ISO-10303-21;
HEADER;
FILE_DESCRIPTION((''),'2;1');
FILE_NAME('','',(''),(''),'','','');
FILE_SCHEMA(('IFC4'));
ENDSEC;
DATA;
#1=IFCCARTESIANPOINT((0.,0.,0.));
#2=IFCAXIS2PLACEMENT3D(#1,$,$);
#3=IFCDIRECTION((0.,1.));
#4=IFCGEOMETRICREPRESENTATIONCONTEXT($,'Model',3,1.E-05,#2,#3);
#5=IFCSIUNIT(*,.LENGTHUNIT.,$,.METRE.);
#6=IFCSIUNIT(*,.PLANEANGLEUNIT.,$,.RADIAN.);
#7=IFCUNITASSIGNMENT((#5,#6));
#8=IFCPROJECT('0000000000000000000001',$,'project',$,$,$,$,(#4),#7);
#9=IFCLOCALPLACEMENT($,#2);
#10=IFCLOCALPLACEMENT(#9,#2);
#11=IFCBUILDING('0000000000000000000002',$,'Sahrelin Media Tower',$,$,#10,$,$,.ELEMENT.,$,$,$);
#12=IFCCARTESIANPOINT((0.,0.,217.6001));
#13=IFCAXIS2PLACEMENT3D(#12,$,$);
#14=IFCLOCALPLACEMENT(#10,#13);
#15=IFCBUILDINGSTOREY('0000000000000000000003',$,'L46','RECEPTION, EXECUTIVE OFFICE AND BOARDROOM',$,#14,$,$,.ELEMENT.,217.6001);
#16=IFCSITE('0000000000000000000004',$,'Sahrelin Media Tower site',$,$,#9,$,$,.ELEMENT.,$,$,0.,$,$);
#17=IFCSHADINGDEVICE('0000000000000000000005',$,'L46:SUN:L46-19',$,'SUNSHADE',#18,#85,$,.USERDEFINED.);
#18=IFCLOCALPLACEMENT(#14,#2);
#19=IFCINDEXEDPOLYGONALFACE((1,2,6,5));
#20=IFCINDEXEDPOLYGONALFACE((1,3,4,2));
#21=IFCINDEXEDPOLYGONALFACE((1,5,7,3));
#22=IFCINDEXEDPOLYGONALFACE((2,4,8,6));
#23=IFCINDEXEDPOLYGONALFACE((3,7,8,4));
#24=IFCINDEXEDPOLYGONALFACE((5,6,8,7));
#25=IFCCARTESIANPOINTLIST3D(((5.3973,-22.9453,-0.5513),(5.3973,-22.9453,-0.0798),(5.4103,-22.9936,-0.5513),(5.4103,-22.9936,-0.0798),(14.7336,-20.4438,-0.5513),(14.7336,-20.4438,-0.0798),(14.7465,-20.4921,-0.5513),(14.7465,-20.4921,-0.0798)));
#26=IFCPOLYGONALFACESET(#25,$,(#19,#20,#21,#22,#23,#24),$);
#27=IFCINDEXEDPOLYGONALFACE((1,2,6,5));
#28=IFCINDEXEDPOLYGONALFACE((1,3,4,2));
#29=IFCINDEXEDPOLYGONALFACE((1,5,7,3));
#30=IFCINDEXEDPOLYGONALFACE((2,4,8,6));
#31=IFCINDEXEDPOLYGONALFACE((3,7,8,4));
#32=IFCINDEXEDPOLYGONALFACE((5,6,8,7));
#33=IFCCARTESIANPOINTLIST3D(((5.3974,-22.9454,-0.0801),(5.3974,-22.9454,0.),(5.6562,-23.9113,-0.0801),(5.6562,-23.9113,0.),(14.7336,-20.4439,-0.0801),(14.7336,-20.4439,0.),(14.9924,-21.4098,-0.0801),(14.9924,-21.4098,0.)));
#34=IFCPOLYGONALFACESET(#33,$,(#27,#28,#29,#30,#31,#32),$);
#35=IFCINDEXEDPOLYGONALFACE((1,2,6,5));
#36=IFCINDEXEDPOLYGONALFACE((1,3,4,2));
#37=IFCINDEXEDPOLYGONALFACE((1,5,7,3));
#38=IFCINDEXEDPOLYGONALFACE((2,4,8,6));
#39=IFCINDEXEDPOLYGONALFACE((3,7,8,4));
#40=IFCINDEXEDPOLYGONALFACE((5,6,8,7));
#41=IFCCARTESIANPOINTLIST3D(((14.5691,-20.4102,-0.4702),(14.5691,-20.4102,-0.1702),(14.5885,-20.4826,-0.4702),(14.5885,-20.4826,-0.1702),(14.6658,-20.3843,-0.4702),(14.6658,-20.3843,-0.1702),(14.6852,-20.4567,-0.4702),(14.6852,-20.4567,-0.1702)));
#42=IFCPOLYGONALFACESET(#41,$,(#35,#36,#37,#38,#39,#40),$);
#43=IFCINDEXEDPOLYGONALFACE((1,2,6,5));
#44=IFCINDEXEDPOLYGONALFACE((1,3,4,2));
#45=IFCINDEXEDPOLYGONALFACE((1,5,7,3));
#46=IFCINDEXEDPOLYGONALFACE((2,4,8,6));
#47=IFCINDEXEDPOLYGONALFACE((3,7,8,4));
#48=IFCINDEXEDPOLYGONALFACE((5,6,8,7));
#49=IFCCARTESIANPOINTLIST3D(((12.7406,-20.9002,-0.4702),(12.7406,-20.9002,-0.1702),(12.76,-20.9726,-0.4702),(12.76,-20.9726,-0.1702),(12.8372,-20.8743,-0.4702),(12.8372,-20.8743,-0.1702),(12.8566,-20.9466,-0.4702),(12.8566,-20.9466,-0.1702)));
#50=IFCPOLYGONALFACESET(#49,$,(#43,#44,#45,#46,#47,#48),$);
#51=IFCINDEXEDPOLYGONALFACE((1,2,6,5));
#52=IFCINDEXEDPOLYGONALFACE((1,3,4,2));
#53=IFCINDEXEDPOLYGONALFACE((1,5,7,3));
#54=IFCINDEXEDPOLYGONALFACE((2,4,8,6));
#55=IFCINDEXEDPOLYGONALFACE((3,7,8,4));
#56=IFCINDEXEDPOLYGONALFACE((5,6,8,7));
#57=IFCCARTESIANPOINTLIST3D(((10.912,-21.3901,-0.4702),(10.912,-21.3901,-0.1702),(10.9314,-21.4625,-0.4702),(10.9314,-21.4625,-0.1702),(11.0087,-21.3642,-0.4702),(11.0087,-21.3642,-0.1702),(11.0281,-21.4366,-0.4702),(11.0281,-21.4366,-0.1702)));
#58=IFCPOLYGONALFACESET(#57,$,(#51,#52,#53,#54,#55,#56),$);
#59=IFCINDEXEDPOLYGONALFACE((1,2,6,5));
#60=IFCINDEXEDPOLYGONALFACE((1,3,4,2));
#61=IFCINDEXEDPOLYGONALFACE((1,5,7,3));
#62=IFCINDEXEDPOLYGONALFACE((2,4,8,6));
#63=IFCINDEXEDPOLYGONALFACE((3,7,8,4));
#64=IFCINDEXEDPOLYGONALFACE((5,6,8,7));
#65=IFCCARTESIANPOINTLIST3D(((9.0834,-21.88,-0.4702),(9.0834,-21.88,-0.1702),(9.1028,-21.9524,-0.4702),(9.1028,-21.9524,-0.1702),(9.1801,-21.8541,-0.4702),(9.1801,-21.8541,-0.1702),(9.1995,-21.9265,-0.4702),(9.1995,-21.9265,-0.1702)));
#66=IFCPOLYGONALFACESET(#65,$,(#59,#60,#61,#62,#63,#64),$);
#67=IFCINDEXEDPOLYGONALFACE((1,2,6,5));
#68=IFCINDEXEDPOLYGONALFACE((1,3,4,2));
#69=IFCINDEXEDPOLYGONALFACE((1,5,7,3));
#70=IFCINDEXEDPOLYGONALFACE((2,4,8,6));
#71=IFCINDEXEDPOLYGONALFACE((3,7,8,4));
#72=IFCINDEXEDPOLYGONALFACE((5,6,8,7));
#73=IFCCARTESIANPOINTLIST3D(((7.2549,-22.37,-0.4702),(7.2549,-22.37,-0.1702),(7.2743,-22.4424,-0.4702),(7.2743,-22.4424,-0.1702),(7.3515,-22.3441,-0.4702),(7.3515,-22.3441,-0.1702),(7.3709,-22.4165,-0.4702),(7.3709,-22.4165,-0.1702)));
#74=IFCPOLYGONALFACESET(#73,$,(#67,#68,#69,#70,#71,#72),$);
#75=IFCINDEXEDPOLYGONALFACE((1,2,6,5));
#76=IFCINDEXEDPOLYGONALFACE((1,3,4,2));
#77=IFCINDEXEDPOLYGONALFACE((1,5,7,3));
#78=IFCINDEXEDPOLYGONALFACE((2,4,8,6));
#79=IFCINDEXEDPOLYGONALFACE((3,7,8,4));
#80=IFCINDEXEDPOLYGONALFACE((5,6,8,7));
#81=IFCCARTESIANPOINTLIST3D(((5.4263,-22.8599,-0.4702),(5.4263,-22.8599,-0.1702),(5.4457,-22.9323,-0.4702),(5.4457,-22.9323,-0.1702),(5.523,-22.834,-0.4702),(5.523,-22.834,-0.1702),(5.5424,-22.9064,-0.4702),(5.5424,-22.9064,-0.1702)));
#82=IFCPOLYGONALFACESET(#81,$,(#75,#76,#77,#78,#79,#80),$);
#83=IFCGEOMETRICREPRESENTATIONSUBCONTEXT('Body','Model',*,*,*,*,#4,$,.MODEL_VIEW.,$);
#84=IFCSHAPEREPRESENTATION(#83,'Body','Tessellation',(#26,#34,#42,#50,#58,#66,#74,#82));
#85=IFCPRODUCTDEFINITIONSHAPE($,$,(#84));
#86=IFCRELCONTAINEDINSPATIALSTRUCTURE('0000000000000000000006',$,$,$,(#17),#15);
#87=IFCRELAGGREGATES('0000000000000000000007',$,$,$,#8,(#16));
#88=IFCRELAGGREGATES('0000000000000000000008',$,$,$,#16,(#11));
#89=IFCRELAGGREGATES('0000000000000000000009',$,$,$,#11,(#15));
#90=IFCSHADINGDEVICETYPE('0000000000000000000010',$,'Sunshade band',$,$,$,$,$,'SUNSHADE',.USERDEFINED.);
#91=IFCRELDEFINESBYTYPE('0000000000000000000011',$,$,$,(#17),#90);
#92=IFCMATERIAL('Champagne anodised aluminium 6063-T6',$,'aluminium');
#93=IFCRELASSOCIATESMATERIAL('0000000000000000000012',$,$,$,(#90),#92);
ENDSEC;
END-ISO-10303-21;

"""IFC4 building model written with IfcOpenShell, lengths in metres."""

from ifc_helpers import new_model, si_unit, direction, frame, origin, origin_2d, place, context, subcontext, project, spatial, rectangle, extrude, material, type_object, element, save


model = new_model("IFC4")

# Units and contexts
model_context = context("Model", 3, precision=1e-05, world=origin(), true_north=direction((0.0, 1.0)))
body_context = subcontext(model_context, "Body", "Model", "MODEL_VIEW")
ifc_project = project(units=[si_unit("LENGTHUNIT", "METRE"), si_unit("PLANEANGLEUNIT", "RADIAN")], contexts=[model_context])

# Site, building, storey
site_placement = place(None, origin())
site = spatial("IfcSite", under=ifc_project, at=site_placement, Name="Sahrelin Media Tower site", CompositionType="ELEMENT", RefElevation=0.0)
building_placement = place(site_placement, origin())
building = spatial("IfcBuilding", under=site, at=building_placement, Name="Sahrelin Media Tower", CompositionType="ELEMENT")
storey_placement = place(building_placement, frame((0.0, 0.0, 217.6001)))
storey = spatial("IfcBuildingStorey", under=building, at=storey_placement, Name="L46", Description="RECEPTION, EXECUTIVE OFFICE AND BOARDROOM", CompositionType="ELEMENT", Elevation=217.6001)

# Shared definitions
ifc_material_1 = material(Name="Champagne anodised aluminium 6063-T6", Category="aluminium")

# Shared definitions
placement_1 = place(storey_placement, frame((10.0603, -21.6753, 0.0), z_axis=(0.0, 0.0, 1.0), x_axis=(-0.965929, -0.258808, 0.0)))

# Shading device
shading_device_type_1 = type_object("IfcShadingDeviceType", Name="Sunshade band", ElementType="SUNSHADE", PredefinedType="USERDEFINED", material=ifc_material_1)
element("IfcShadingDevice", 1, at=placement_1, inside=storey, type_object=shading_device_type_1, Name="L46:SUN:L46-19", ObjectType="SUNSHADE", PredefinedType="USERDEFINED", context=body_context, shape_type="SweptSolid", body=[
    extrude(rectangle(XDim=9.6655, YDim=0.05, at=origin_2d()), frame((0.0, 0.0449, -0.5513)), (0.0, 0.0, 1.0), 0.4714),
    extrude(rectangle(XDim=9.6655, YDim=1.0, at=origin_2d()), frame((0.0, 0.52, -0.0801)), (0.0, 0.0, 1.0), 0.0801),
    extrude(rectangle(XDim=0.1001, YDim=0.075, at=origin_2d()), frame((-4.7327, -0.0176, -0.4702)), (0.0, 0.0, 1.0), 0.3),
    extrude(rectangle(XDim=0.1001, YDim=0.075, at=origin_2d()), frame((-2.8396, -0.0176, -0.4702)), (0.0, 0.0, 1.0), 0.3),
    extrude(rectangle(XDim=0.1001, YDim=0.075, at=origin_2d()), frame((-0.9465, -0.0176, -0.4702)), (0.0, 0.0, 1.0), 0.3),
    extrude(rectangle(XDim=0.1001, YDim=0.075, at=origin_2d()), frame((0.9465, -0.0176, -0.4702)), (0.0, 0.0, 1.0), 0.3),
    extrude(rectangle(XDim=0.1001, YDim=0.075, at=origin_2d()), frame((2.8396, -0.0176, -0.4702)), (0.0, 0.0, 1.0), 0.3),
    extrude(rectangle(XDim=0.1001, YDim=0.075, at=origin_2d()), frame((4.7327, -0.0176, -0.4702)), (0.0, 0.0, 1.0), 0.3),
])

save(model, "model.ifc")
